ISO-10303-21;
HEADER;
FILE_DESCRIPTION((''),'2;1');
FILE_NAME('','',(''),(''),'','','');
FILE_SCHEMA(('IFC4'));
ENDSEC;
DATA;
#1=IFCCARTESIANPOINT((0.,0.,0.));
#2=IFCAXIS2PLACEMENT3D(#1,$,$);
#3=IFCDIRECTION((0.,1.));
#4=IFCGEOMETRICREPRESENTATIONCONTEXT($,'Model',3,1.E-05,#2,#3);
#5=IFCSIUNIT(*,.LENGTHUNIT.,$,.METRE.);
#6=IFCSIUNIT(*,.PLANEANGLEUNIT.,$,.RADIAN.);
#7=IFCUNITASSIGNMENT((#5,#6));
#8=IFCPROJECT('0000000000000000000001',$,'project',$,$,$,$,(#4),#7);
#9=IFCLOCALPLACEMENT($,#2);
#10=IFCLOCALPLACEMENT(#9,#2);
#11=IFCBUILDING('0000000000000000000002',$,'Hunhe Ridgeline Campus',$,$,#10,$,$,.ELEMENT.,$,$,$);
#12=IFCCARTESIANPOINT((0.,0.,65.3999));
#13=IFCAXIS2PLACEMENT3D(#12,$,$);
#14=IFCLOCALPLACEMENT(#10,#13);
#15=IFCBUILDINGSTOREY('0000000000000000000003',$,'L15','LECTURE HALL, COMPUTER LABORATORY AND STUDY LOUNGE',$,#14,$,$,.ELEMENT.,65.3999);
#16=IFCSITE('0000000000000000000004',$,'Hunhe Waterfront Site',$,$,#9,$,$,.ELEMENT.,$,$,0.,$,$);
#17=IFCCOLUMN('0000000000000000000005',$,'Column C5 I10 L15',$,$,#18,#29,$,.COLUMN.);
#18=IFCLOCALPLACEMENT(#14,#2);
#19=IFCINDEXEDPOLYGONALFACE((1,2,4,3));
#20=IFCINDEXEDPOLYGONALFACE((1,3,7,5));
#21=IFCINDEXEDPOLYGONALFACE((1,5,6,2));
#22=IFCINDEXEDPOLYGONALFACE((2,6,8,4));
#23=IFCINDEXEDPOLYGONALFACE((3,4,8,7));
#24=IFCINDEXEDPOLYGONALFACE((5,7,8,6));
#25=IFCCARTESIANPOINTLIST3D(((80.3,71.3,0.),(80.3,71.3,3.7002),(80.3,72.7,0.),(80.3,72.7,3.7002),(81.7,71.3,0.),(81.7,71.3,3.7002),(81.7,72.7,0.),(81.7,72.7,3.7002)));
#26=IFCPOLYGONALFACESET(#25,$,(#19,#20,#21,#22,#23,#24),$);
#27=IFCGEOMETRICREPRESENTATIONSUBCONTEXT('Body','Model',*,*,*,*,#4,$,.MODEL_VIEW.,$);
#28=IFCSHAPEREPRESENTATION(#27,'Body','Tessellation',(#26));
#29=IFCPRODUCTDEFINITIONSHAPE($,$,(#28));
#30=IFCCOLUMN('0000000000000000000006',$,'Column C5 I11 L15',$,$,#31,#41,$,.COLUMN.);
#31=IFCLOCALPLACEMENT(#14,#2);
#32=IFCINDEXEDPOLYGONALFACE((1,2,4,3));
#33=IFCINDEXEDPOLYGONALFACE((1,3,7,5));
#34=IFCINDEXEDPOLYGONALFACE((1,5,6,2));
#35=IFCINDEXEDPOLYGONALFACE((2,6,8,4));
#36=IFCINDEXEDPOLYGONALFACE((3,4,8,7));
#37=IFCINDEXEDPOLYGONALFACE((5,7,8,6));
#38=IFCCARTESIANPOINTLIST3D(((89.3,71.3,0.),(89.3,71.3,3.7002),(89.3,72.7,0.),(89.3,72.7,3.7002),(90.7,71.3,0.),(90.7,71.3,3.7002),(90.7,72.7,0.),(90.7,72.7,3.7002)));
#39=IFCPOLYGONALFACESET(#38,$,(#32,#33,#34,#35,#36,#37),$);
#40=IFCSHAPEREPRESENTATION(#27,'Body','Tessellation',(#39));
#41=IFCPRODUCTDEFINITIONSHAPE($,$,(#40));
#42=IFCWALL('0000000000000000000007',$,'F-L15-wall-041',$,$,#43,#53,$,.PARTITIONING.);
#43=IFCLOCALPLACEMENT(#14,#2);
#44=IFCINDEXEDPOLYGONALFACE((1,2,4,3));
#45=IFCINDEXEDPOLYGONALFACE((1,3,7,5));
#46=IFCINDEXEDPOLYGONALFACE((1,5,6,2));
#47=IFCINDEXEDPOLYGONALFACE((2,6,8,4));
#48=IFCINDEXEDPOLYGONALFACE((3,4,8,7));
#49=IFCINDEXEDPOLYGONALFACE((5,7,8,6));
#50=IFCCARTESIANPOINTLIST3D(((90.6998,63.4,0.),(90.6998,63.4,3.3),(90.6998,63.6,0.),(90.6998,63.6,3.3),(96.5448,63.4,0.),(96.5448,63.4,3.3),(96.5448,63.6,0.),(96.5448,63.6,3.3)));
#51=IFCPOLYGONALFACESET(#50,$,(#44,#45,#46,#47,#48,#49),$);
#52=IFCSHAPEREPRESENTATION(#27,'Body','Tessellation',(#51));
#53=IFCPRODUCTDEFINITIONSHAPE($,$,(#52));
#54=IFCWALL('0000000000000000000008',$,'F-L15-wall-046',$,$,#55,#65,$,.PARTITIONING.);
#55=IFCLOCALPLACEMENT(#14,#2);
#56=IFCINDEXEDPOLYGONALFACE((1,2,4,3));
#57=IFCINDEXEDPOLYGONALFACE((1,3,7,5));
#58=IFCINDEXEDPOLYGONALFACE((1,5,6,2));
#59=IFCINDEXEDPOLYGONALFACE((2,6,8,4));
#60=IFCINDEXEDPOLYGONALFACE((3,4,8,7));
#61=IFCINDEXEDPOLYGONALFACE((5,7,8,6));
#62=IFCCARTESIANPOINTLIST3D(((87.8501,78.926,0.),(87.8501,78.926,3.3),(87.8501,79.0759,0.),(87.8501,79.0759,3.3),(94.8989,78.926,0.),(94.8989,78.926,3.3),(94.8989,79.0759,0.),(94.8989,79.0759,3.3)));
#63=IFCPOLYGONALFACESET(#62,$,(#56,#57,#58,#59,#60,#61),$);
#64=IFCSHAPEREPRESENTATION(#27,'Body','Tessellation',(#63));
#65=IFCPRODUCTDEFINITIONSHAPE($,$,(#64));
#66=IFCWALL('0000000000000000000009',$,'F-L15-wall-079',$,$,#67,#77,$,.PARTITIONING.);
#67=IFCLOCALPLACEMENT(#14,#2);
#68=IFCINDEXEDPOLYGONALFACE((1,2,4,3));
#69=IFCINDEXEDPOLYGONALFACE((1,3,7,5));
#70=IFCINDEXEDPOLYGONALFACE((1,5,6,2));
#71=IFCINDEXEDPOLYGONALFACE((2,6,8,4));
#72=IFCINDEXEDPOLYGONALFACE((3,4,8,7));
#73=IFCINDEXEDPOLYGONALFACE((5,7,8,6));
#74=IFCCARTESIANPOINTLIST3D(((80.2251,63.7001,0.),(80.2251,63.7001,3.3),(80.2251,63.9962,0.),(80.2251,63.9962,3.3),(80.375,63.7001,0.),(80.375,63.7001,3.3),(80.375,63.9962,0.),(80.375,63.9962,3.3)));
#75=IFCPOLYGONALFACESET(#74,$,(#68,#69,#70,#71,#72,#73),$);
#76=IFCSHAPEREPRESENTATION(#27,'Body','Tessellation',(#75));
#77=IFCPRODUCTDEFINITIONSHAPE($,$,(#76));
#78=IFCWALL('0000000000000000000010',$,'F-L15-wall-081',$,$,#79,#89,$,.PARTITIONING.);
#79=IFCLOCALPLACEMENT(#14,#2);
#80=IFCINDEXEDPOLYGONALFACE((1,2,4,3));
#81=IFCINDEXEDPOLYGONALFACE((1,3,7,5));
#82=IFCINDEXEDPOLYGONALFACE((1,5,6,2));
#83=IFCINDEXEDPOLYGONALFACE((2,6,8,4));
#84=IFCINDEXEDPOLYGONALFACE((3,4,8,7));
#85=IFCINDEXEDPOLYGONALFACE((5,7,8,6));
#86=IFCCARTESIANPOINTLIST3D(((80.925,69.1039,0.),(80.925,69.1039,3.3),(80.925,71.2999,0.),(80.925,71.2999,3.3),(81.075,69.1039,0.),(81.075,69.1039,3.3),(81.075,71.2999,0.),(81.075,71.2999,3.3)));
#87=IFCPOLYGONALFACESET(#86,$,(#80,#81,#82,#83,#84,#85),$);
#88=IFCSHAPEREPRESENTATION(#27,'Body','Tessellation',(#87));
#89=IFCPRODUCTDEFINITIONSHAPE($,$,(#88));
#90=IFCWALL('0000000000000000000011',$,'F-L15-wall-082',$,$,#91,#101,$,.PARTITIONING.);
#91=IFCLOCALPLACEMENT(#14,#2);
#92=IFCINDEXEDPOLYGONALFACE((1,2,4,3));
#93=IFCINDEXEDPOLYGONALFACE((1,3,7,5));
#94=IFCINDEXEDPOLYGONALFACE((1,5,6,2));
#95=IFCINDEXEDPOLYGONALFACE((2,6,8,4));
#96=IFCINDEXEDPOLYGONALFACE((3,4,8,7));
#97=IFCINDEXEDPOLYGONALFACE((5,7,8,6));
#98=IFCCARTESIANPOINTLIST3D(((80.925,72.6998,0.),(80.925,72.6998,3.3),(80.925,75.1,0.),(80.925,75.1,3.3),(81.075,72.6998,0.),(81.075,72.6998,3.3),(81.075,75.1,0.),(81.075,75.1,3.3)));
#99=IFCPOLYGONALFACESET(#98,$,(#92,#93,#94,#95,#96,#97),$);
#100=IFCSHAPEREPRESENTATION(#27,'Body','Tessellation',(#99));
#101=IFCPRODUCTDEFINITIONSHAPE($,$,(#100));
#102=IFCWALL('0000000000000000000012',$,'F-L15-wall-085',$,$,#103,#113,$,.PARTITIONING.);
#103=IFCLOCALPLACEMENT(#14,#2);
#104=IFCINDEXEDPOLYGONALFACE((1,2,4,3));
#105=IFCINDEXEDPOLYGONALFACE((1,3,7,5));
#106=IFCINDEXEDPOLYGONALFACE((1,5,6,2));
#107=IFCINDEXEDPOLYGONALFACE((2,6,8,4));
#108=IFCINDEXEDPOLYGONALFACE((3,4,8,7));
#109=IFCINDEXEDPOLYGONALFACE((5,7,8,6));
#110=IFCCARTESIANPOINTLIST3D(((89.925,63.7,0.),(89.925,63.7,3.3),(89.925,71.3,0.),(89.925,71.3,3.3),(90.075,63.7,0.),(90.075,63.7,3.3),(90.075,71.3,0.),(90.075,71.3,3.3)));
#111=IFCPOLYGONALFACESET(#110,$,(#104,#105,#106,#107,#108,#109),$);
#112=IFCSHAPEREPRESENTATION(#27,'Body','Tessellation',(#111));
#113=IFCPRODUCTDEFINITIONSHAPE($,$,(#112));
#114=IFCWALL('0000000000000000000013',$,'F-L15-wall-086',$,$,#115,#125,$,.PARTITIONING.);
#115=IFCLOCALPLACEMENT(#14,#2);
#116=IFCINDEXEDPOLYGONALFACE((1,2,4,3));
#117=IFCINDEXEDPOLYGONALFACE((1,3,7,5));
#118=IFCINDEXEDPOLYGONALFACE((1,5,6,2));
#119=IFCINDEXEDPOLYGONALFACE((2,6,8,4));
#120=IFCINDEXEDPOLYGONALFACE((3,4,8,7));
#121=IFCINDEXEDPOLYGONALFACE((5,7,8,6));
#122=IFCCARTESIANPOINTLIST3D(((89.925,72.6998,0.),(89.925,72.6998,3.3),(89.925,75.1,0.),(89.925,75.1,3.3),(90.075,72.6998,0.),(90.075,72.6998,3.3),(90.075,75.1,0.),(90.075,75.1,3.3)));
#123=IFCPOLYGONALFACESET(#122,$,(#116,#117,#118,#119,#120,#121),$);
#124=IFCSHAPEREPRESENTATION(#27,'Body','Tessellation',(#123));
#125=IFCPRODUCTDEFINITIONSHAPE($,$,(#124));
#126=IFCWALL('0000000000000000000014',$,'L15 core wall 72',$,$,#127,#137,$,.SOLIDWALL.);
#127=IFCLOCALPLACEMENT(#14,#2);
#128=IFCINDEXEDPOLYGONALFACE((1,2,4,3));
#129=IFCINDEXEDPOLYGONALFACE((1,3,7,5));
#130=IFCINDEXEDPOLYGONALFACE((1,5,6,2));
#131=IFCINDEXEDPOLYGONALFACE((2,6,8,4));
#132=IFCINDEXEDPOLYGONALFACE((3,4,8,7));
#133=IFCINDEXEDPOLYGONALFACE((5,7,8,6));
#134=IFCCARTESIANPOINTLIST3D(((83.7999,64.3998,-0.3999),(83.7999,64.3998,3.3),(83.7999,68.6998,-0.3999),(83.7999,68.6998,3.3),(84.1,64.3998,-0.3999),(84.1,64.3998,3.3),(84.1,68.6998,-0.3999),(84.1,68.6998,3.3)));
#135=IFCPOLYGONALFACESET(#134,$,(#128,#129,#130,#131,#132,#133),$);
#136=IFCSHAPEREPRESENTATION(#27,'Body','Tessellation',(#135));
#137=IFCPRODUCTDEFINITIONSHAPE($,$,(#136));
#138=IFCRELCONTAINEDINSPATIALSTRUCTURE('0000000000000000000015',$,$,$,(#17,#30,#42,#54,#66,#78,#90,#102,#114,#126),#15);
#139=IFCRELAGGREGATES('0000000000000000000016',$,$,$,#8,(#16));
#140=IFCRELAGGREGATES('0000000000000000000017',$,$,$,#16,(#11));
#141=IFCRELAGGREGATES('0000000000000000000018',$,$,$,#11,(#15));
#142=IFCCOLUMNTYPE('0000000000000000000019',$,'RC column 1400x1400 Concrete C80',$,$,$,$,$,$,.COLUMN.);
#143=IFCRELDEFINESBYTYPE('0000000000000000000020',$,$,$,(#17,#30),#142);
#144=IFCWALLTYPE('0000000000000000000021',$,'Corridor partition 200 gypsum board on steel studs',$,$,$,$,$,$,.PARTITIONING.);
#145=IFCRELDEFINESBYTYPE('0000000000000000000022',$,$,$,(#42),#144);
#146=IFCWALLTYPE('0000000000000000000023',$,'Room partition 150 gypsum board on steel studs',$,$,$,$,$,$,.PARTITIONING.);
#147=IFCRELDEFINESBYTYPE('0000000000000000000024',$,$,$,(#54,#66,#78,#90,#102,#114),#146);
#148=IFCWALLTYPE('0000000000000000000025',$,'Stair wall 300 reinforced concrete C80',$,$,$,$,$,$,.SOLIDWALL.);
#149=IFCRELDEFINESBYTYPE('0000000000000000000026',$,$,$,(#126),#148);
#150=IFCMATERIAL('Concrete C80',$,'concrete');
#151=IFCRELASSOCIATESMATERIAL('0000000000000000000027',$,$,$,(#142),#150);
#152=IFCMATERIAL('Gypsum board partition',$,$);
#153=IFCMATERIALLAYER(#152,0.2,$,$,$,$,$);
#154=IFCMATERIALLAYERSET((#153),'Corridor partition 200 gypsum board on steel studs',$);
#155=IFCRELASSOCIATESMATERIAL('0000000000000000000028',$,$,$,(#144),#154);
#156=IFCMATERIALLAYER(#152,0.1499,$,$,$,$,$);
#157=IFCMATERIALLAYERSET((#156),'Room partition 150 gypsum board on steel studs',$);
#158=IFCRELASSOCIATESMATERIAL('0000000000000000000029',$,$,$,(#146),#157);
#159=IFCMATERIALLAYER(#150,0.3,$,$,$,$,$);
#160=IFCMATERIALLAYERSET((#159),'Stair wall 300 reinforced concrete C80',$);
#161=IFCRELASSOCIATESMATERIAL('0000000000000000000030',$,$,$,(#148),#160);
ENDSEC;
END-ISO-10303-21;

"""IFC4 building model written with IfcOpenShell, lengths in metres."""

from ifc_helpers import new_model, si_unit, direction, frame, frame_2d, origin, origin_2d, place, context, subcontext, project, spatial, rectangle, extrude, material, layer, layer_set, material_profile, profile_set, type_object, element, save


model = new_model("IFC4")

# Units and contexts
model_context = context("Model", 3, precision=1e-05, world=origin(), true_north=direction((0.0, 1.0)))
body_context = subcontext(model_context, "Body", "Model", "MODEL_VIEW")
ifc_project = project(units=[si_unit("LENGTHUNIT", "METRE"), si_unit("PLANEANGLEUNIT", "RADIAN")], contexts=[model_context])

# Site, building, storey
site_placement = place(None, origin())
site = spatial("IfcSite", under=ifc_project, at=site_placement, Name="Hunhe Waterfront Site", CompositionType="ELEMENT", RefElevation=0.0)
building_placement = place(site_placement, origin())
building = spatial("IfcBuilding", under=site, at=building_placement, Name="Hunhe Ridgeline Campus", CompositionType="ELEMENT")
storey_placement = place(building_placement, frame((0.0, 0.0, 65.3999)))
storey = spatial("IfcBuildingStorey", under=building, at=storey_placement, Name="L15", Description="LECTURE HALL, COMPUTER LABORATORY AND STUDY LOUNGE", CompositionType="ELEMENT", Elevation=65.3999)

# Columns
ifc_material_1 = material(Name="Concrete C80", Category="concrete")
ifc_material_profile = material_profile(ifc_material_1, rectangle(XDim=1.3999, YDim=1.3999, at=origin_2d()))
ifc_profile_set = profile_set([ifc_material_profile], Name="Concrete C80")
column_type = type_object("IfcColumnType", Name="RC column 1400x1400 Concrete C80", PredefinedType="COLUMN", material=ifc_profile_set)
for number, where, z_axis, x_axis, name in (
    (1, (81.0, 72.0, 0.0), (0.0, 0.0, 1.0), (1.0, 0.0, 0.0), "Column C5 I10 L15"),
    (2, (90.0, 72.0, 0.0), (0.0, 0.0, 1.0), (1.0, 0.0, 0.0), "Column C5 I11 L15"),
):
    element("IfcColumn", number, at=place(storey_placement, frame(where, z_axis=z_axis, x_axis=x_axis)), inside=storey, type_object=column_type, Name=name, PredefinedType="COLUMN", context=body_context, shape_type="SweptSolid", body=[
        extrude(rectangle(XDim=1.3999, YDim=1.3999, at=origin_2d()), origin(), (0.0, 0.0, 1.0), 3.7002),
    ])

# Wall
ifc_material_2 = material(Name="Gypsum board partition")
ifc_layer_1 = layer(ifc_material_2, 0.2)
ifc_layer_set_1 = layer_set([ifc_layer_1], Name="Corridor partition 200 gypsum board on steel studs")
wall_type_1 = type_object("IfcWallType", Name="Corridor partition 200 gypsum board on steel studs", PredefinedType="PARTITIONING", material=ifc_layer_set_1)
wall_1_placement = place(storey_placement, frame((90.7, 63.5, 0.0), z_axis=(0.0, 0.0, 1.0), x_axis=(1.0, 0.0, 0.0)))
element("IfcWall", 3, at=wall_1_placement, inside=storey, type_object=wall_type_1, Name="F-L15-wall-041", PredefinedType="PARTITIONING", context=body_context, shape_type="SweptSolid", body=[
    extrude(rectangle(XDim=5.845, YDim=0.2, at=frame_2d((2.9224, 0.0))), origin(), (0.0, 0.0, 1.0), 3.3),
])

# Walls
ifc_layer_2 = layer(ifc_material_2, 0.1499)
ifc_layer_set_2 = layer_set([ifc_layer_2], Name="Room partition 150 gypsum board on steel studs")
wall_type_2 = type_object("IfcWallType", Name="Room partition 150 gypsum board on steel studs", PredefinedType="PARTITIONING", material=ifc_layer_set_2)
wall_2_placement = place(storey_placement, frame((87.8501, 79.001, 0.0), z_axis=(0.0, 0.0, 1.0), x_axis=(1.0, 0.0, 0.0)))
element("IfcWall", 4, at=wall_2_placement, inside=storey, type_object=wall_type_2, Name="F-L15-wall-046", PredefinedType="PARTITIONING", context=body_context, shape_type="SweptSolid", body=[
    extrude(rectangle(XDim=7.0488, YDim=0.1499, at=frame_2d((3.5244, 0.0))), origin(), (0.0, 0.0, 1.0), 3.3),
])
wall_3_placement = place(storey_placement, frame((80.3, 63.9961, 0.0), z_axis=(0.0, 0.0, 1.0), x_axis=(0.0, -1.0, 0.0)))
element("IfcWall", 5, at=wall_3_placement, inside=storey, type_object=wall_type_2, Name="F-L15-wall-079", PredefinedType="PARTITIONING", context=body_context, shape_type="SweptSolid", body=[
    extrude(rectangle(XDim=0.2961, YDim=0.1499, at=frame_2d((0.1479, 0.0))), origin(), (0.0, 0.0, 1.0), 3.3),
])
wall_4_placement = place(storey_placement, frame((81.0, 71.3, 0.0), z_axis=(0.0, 0.0, 1.0), x_axis=(0.0, -1.0, 0.0)))
element("IfcWall", 6, at=wall_4_placement, inside=storey, type_object=wall_type_2, Name="F-L15-wall-081", PredefinedType="PARTITIONING", context=body_context, shape_type="SweptSolid", body=[
    extrude(rectangle(XDim=2.196, YDim=0.1499, at=frame_2d((1.0981, 0.0))), origin(), (0.0, 0.0, 1.0), 3.3),
])
wall_5_placement = place(storey_placement, frame((81.0, 75.1001, 0.0), z_axis=(0.0, 0.0, 1.0), x_axis=(0.0, -1.0, 0.0)))
element("IfcWall", 7, at=wall_5_placement, inside=storey, type_object=wall_type_2, Name="F-L15-wall-082", PredefinedType="PARTITIONING", context=body_context, shape_type="SweptSolid", body=[
    extrude(rectangle(XDim=2.4001, YDim=0.1499, at=frame_2d((1.2002, 0.0))), origin(), (0.0, 0.0, 1.0), 3.3),
])
wall_6_placement = place(storey_placement, frame((90.0, 71.3, 0.0), z_axis=(0.0, 0.0, 1.0), x_axis=(0.0, -1.0, 0.0)))
element("IfcWall", 8, at=wall_6_placement, inside=storey, type_object=wall_type_2, Name="F-L15-wall-085", PredefinedType="PARTITIONING", context=body_context, shape_type="SweptSolid", body=[
    extrude(rectangle(XDim=7.6001, YDim=0.1499, at=frame_2d((3.8, 0.0))), origin(), (0.0, 0.0, 1.0), 3.3),
])
wall_7_placement = place(storey_placement, frame((90.0, 75.1001, 0.0), z_axis=(0.0, 0.0, 1.0), x_axis=(0.0, -1.0, 0.0)))
element("IfcWall", 9, at=wall_7_placement, inside=storey, type_object=wall_type_2, Name="F-L15-wall-086", PredefinedType="PARTITIONING", context=body_context, shape_type="SweptSolid", body=[
    extrude(rectangle(XDim=2.4001, YDim=0.1499, at=frame_2d((1.2002, 0.0))), origin(), (0.0, 0.0, 1.0), 3.3),
])
ifc_layer_3 = layer(ifc_material_1, 0.3)
ifc_layer_set_3 = layer_set([ifc_layer_3], Name="Stair wall 300 reinforced concrete C80")
wall_type_3 = type_object("IfcWallType", Name="Stair wall 300 reinforced concrete C80", PredefinedType="SOLIDWALL", material=ifc_layer_set_3)
wall_8_placement = place(storey_placement, frame((83.95, 64.3999, -0.3999), z_axis=(0.0, 0.0, 1.0), x_axis=(0.0, 1.0, 0.0)))
element("IfcWall", 10, at=wall_8_placement, inside=storey, type_object=wall_type_3, Name="L15 core wall 72", PredefinedType="SOLIDWALL", context=body_context, shape_type="SweptSolid", body=[
    extrude(rectangle(XDim=4.3, YDim=0.3, at=frame_2d((2.1499, 0.0))), origin(), (0.0, 0.0, 1.0), 3.7),
])

save(model, "model.ifc")
